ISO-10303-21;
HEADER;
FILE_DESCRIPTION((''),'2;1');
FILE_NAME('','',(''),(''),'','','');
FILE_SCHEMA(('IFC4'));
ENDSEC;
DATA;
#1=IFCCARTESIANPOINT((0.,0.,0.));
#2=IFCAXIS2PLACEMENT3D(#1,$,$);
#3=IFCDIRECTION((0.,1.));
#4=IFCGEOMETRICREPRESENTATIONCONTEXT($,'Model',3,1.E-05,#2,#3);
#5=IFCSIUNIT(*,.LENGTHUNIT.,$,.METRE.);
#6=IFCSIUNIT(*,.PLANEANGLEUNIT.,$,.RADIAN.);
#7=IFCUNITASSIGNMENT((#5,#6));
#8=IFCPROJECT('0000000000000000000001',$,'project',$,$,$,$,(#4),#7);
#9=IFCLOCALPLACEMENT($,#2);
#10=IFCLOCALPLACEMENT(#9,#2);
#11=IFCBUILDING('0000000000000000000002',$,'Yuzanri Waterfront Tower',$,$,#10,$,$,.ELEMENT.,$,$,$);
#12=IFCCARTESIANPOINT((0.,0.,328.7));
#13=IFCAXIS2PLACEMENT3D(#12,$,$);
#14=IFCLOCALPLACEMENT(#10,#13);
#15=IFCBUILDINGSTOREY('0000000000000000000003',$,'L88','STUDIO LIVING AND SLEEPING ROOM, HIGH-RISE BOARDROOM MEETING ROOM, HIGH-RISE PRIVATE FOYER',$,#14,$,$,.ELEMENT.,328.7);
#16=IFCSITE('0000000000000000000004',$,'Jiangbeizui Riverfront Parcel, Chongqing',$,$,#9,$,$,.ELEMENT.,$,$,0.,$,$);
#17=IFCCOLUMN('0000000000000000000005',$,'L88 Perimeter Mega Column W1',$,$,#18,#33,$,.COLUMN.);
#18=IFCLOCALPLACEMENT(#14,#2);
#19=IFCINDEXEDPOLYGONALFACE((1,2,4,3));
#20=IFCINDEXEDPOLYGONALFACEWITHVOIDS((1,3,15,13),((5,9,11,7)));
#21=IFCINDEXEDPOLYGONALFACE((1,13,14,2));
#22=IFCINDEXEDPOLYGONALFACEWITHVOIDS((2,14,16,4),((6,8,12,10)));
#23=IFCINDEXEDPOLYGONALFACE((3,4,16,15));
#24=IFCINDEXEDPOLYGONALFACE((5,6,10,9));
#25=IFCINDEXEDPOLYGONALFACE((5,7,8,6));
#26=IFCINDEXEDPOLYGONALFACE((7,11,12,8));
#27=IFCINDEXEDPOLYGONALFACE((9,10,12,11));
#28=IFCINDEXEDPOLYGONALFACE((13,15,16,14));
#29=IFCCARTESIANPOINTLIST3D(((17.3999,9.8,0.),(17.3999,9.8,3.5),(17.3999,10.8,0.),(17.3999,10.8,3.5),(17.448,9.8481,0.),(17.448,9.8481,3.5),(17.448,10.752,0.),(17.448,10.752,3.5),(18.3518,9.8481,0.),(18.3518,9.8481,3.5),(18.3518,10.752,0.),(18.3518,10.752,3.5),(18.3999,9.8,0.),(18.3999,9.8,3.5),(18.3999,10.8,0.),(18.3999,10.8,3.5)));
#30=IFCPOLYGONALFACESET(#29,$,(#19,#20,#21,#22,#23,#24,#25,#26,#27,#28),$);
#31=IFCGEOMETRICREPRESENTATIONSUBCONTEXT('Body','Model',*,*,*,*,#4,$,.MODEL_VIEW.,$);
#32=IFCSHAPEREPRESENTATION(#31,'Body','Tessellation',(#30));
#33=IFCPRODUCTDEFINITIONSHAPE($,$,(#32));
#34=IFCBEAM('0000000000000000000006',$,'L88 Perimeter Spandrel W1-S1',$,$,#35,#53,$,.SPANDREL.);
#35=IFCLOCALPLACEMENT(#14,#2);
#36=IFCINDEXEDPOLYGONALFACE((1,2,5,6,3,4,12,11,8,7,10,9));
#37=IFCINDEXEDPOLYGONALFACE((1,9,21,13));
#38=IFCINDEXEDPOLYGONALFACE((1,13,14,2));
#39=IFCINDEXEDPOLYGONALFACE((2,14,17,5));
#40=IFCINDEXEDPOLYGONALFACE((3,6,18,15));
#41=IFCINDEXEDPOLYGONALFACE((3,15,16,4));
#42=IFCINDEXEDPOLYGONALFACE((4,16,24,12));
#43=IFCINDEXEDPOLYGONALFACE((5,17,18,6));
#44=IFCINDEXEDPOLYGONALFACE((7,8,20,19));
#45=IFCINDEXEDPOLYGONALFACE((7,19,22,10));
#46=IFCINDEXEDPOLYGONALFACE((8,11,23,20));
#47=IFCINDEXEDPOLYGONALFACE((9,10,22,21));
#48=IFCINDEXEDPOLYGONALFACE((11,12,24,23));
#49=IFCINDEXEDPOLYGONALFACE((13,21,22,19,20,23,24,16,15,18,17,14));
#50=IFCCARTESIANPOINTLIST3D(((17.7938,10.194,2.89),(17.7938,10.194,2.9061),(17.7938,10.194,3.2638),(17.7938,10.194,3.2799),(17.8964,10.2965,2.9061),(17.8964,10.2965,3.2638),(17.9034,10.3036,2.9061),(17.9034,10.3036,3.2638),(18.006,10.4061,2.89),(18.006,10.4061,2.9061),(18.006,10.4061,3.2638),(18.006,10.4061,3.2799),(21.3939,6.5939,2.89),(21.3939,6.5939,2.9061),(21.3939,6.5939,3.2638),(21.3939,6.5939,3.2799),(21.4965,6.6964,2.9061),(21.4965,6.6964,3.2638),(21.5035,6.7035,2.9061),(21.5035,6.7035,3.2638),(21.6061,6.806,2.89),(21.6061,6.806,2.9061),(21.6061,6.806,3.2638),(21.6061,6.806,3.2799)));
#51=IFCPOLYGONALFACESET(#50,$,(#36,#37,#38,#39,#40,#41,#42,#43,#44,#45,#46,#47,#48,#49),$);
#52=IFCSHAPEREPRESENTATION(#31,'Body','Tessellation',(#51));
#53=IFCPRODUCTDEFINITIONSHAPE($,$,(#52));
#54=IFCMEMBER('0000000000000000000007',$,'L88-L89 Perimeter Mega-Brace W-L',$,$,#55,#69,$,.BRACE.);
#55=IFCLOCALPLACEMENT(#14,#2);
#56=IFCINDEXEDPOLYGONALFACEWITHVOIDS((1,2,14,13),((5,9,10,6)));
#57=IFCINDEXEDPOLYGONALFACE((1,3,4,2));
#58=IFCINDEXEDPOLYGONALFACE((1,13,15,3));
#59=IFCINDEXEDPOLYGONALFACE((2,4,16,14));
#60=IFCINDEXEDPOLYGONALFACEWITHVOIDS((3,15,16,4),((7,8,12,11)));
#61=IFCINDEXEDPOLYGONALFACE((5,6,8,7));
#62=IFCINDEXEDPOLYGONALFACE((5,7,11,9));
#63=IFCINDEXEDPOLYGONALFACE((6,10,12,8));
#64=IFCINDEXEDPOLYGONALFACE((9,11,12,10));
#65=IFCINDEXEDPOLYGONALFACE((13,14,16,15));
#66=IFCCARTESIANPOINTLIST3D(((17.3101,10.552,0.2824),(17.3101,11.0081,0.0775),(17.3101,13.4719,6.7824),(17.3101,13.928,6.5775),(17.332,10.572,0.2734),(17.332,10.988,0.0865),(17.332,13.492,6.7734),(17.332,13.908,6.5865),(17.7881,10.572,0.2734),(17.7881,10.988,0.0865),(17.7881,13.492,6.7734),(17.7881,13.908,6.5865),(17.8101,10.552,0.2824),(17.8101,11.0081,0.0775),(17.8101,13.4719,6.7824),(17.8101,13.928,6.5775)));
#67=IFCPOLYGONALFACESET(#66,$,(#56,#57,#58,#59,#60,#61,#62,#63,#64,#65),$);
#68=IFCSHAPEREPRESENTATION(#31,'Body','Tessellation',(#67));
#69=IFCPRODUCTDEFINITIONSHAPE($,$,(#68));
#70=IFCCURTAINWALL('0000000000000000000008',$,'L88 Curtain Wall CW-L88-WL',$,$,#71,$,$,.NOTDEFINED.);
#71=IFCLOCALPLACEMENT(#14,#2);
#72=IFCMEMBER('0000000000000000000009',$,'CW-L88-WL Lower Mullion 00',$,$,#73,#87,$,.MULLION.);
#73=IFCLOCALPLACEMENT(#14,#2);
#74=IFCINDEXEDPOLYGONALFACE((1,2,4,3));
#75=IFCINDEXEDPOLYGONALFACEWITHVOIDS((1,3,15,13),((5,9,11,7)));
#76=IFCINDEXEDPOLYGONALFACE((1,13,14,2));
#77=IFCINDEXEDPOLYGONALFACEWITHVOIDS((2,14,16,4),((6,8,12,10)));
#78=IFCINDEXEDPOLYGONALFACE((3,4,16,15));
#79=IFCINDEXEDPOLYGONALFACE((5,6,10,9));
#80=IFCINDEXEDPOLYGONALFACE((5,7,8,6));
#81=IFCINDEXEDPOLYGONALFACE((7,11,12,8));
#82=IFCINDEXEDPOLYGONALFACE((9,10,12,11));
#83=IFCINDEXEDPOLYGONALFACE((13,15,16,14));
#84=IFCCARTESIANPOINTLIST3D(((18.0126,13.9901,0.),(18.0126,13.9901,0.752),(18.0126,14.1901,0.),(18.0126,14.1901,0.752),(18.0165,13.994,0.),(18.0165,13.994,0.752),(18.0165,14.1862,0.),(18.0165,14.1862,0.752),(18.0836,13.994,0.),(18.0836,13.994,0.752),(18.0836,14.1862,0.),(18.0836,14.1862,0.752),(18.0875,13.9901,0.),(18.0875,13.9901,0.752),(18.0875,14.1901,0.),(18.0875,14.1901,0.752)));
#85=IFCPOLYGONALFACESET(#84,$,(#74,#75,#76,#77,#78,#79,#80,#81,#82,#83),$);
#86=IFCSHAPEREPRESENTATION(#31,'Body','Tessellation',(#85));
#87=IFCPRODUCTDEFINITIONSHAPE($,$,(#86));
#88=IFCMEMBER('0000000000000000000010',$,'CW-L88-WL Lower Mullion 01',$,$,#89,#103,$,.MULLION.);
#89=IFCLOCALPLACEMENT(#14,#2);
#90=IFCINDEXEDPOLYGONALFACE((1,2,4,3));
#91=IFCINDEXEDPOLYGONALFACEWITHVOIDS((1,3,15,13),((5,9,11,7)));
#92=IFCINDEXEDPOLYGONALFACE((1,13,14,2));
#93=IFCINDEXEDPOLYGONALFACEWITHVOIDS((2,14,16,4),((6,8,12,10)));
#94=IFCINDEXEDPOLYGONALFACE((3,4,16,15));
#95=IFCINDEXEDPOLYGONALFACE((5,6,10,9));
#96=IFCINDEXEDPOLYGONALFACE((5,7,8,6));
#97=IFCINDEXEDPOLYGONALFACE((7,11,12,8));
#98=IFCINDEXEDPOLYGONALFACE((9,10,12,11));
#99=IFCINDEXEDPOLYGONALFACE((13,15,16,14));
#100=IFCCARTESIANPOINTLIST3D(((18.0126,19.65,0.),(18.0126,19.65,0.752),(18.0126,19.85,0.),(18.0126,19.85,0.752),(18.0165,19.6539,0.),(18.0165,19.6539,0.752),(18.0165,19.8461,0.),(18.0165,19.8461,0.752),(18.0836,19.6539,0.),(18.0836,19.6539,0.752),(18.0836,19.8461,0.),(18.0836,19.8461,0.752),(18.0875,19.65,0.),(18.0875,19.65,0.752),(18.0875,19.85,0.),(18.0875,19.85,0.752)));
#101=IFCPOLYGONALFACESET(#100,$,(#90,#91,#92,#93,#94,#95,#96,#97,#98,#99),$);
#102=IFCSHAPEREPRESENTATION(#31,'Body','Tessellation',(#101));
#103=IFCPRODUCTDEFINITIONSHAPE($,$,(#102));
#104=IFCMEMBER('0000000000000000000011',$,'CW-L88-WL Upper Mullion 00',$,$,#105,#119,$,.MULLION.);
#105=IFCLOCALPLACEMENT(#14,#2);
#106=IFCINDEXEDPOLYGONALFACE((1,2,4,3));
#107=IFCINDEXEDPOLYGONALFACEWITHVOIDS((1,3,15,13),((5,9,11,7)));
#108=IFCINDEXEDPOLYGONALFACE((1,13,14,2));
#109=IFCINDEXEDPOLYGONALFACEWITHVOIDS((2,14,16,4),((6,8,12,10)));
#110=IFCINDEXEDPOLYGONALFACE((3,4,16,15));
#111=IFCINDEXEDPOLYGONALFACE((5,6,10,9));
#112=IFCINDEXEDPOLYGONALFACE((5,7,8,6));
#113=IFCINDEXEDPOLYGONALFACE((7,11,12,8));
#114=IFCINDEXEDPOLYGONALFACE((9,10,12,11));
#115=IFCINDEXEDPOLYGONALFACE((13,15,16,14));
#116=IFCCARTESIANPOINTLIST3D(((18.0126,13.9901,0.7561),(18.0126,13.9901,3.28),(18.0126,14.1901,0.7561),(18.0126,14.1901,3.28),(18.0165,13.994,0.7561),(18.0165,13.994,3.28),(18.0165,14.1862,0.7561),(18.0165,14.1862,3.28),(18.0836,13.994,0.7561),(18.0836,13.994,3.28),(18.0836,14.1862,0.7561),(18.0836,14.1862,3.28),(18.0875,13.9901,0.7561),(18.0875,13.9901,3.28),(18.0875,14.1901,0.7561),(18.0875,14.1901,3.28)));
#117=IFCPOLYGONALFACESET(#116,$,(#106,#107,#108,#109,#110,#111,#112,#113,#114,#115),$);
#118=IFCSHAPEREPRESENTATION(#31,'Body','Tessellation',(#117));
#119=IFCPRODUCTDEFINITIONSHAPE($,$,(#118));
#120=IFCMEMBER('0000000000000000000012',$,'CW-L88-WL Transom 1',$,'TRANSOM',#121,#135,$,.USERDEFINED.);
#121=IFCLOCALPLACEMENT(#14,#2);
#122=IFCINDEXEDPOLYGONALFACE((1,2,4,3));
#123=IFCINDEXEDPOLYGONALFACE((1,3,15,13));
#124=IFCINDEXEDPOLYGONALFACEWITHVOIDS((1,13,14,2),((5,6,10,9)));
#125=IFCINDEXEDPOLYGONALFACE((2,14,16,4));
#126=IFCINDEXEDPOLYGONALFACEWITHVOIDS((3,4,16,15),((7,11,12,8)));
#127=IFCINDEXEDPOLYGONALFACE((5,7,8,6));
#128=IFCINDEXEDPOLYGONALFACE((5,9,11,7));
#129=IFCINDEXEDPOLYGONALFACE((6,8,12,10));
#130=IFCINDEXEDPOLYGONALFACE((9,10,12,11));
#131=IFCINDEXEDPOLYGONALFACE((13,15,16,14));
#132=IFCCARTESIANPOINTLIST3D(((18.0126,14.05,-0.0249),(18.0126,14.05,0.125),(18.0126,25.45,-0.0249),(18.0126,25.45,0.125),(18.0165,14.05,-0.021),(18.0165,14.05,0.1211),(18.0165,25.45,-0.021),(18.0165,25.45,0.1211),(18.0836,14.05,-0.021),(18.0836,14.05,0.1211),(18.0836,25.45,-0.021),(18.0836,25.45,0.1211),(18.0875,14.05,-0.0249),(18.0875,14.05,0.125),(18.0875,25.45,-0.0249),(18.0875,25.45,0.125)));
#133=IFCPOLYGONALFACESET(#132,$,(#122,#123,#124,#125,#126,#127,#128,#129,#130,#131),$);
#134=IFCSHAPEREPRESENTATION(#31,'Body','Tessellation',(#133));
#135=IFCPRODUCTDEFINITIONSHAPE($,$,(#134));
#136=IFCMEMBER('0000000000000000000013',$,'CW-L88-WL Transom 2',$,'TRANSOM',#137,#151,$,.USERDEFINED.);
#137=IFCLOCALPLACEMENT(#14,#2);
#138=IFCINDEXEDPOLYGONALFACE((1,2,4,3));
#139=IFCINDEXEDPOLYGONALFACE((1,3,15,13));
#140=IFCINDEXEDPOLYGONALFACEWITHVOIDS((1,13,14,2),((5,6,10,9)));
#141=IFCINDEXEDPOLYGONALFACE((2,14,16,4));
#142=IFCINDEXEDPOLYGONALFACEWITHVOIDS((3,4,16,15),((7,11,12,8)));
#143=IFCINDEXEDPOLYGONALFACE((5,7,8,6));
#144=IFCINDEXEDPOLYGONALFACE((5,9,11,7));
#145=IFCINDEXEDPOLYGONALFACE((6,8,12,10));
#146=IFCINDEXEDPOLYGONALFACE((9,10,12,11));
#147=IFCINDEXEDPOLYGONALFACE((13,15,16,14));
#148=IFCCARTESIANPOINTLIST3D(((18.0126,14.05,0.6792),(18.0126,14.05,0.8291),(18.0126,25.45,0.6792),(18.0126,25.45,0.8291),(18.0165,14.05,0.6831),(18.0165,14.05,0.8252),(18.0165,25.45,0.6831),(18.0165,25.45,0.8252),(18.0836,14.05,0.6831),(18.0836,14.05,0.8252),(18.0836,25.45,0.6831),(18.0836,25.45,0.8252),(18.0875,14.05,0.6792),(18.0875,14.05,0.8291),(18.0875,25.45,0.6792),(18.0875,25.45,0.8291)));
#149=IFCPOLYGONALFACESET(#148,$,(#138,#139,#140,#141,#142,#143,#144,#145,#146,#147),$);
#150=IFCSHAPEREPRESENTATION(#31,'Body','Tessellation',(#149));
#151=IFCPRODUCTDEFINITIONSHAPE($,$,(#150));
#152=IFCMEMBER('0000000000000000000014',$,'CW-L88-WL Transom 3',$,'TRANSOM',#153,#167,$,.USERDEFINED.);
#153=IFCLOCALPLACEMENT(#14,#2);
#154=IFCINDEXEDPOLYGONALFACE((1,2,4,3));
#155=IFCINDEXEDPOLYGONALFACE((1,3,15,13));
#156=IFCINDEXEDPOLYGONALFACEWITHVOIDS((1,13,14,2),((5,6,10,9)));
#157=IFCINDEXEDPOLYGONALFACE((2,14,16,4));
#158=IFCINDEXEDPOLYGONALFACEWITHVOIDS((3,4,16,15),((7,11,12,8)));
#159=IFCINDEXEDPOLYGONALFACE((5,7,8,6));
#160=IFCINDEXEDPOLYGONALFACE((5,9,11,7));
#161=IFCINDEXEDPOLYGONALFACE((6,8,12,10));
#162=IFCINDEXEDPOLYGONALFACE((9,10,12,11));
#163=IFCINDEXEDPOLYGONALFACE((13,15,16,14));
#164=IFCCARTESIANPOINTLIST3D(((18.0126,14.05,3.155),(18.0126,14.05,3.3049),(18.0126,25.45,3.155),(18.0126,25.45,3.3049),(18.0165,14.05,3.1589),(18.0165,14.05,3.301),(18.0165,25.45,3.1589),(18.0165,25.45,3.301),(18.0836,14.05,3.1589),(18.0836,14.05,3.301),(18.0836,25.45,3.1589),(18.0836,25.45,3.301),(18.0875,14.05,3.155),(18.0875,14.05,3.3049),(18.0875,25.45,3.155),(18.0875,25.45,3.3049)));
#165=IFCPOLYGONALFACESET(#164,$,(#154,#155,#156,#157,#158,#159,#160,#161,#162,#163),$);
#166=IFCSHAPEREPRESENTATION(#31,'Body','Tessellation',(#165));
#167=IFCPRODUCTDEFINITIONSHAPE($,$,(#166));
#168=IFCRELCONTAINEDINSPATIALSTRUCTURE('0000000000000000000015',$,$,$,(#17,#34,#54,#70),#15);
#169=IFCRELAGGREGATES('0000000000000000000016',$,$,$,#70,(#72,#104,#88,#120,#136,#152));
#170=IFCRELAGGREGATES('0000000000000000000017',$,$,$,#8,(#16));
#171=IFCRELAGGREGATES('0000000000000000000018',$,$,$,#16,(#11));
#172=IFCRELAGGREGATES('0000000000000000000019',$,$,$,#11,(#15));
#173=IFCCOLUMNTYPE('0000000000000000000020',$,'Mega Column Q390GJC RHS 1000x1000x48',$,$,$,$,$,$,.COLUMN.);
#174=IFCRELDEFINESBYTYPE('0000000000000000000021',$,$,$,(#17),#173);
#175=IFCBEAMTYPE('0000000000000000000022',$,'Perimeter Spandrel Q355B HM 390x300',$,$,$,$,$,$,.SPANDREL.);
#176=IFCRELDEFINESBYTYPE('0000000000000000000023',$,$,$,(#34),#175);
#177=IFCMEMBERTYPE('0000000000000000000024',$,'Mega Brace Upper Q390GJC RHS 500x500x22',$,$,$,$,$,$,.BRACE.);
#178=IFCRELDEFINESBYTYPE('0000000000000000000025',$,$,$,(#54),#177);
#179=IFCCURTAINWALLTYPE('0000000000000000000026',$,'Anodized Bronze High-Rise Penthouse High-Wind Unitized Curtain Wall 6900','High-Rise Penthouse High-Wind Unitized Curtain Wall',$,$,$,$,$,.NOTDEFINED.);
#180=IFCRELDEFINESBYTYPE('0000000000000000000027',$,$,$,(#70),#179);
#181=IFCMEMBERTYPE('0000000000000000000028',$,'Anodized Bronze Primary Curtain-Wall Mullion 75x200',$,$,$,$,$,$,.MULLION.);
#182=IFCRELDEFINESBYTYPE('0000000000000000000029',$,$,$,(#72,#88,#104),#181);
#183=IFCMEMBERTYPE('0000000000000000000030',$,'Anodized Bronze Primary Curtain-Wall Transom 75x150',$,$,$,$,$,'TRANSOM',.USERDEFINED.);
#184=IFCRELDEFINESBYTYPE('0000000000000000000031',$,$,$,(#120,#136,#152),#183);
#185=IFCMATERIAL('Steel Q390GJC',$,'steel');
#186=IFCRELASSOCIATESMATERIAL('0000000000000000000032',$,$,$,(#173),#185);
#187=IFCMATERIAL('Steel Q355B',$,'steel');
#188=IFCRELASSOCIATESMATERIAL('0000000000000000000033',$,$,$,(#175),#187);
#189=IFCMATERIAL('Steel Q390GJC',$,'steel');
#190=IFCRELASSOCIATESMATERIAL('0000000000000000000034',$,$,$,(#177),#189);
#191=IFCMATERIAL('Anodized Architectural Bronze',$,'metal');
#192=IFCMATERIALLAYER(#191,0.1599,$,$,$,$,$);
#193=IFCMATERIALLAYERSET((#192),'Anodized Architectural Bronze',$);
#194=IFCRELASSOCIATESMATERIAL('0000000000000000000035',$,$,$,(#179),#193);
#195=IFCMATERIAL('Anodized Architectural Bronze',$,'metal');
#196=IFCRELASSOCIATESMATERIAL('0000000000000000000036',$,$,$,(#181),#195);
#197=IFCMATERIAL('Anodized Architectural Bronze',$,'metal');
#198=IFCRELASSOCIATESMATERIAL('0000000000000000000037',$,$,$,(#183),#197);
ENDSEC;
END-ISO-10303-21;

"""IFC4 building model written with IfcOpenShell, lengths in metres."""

from ifc_helpers import new_model, si_unit, direction, frame, origin, origin_2d, place, context, subcontext, project, spatial, hollow_rectangle, i_section, extrude, source, transform, mapped, material, layer, layer_set, material_profile, profile_set, type_object, element, aggregate, save


model = new_model("IFC4")

# Units and contexts
model_context = context("Model", 3, precision=1e-05, world=origin(), true_north=direction((0.0, 1.0)))
body_context = subcontext(model_context, "Body", "Model", "MODEL_VIEW")
ifc_project = project(units=[si_unit("LENGTHUNIT", "METRE"), si_unit("PLANEANGLEUNIT", "RADIAN")], contexts=[model_context])

# Site, building, storey
site_placement = place(None, origin())
site = spatial("IfcSite", under=ifc_project, at=site_placement, Name="Jiangbeizui Riverfront Parcel, Chongqing", CompositionType="ELEMENT", RefElevation=0.0)
building_placement = place(site_placement, origin())
building = spatial("IfcBuilding", under=site, at=building_placement, Name="Yuzanri Waterfront Tower", CompositionType="ELEMENT")
storey_placement = place(building_placement, frame((0.0, 0.0, 328.7)))
storey = spatial("IfcBuildingStorey", under=building, at=storey_placement, Name="L88", Description="STUDIO LIVING AND SLEEPING ROOM, HIGH-RISE BOARDROOM MEETING ROOM, HIGH-RISE PRIVATE FOYER", CompositionType="ELEMENT", Elevation=328.7)

# Column
ifc_material_1 = material(Name="Steel Q390GJC", Category="steel")
ifc_material_profile_1 = material_profile(ifc_material_1, hollow_rectangle(XDim=1.0, YDim=1.0, WallThickness=0.0481, at=origin_2d()), Name="RHS 1000x1000x48")
ifc_profile_set_1 = profile_set([ifc_material_profile_1], Name="Steel Q390GJC")
column_type = type_object("IfcColumnType", Name="Mega Column Q390GJC RHS 1000x1000x48", PredefinedType="COLUMN", material=ifc_profile_set_1)
shared_shape_1 = source(origin(), body_context, "Body", "SweptSolid", [
    extrude(hollow_rectangle(XDim=1.0, YDim=1.0, WallThickness=0.0481, at=origin_2d()), origin(), (0.0, 0.0, 1.0), 3.5),
])
column_placement = place(storey_placement, frame((17.8999, 10.3, 0.0), z_axis=(0.0, 0.0, 1.0), x_axis=(1.0, 0.0, 0.0)))
element("IfcColumn", 1, at=column_placement, inside=storey, type_object=column_type, Name="L88 Perimeter Mega Column W1", PredefinedType="COLUMN", context=body_context, shape_type="MappedRepresentation", body=[
    mapped(shared_shape_1, transform((0.0, 0.0, 0.0), scale=1.0)),
])

# Beam
ifc_material_2 = material(Name="Steel Q355B", Category="steel")
ifc_material_profile_2 = material_profile(ifc_material_2, i_section(OverallWidth=0.3, OverallDepth=0.3899, WebThickness=0.01, FlangeThickness=0.0161, at=origin_2d()), Name="HM 390x300x10x16")
ifc_profile_set_2 = profile_set([ifc_material_profile_2], Name="Steel Q355B")
beam_type = type_object("IfcBeamType", Name="Perimeter Spandrel Q355B HM 390x300", PredefinedType="SPANDREL", material=ifc_profile_set_2)
shared_shape_2 = source(origin(), body_context, "Body", "SweptSolid", [
    extrude(i_section(OverallWidth=0.3, OverallDepth=0.3899, WebThickness=0.01, FlangeThickness=0.0161, at=origin_2d()), origin(), (0.0, 0.0, 1.0), 5.0913),
])
beam_placement = place(storey_placement, frame((17.8999, 10.3, 3.085), z_axis=(0.707107, -0.707107, 0.0), x_axis=(0.707107, 0.707107, 0.0)))
element("IfcBeam", 2, at=beam_placement, inside=storey, type_object=beam_type, Name="L88 Perimeter Spandrel W1-S1", PredefinedType="SPANDREL", context=body_context, shape_type="MappedRepresentation", body=[
    mapped(shared_shape_2, transform((0.0, 0.0, 0.0), scale=1.0)),
])

# Member
ifc_material_3 = material(Name="Steel Q390GJC", Category="steel")
ifc_material_profile_3 = material_profile(ifc_material_3, hollow_rectangle(XDim=0.5, YDim=0.5, WallThickness=0.022, at=origin_2d()), Name="RHS 500x500x22")
ifc_profile_set_3 = profile_set([ifc_material_profile_3], Name="Steel Q390GJC")
member_type_1 = type_object("IfcMemberType", Name="Mega Brace Upper Q390GJC RHS 500x500x22", PredefinedType="BRACE", material=ifc_profile_set_3)
shared_shape_3 = source(origin(), body_context, "Body", "SweptSolid", [
    extrude(hollow_rectangle(XDim=0.5, YDim=0.5, WallThickness=0.022, at=origin_2d()), origin(), (0.0, 0.0, 1.0), 7.1257),
])
member_1_placement = place(storey_placement, frame((17.5601, 10.78, 0.1799), z_axis=(0.0, 0.409772, 0.912188), x_axis=(-1.0, 0.0, 0.0)))
element("IfcMember", 3, at=member_1_placement, inside=storey, type_object=member_type_1, Name="L88-L89 Perimeter Mega-Brace W-L", PredefinedType="BRACE", context=body_context, shape_type="MappedRepresentation", body=[
    mapped(shared_shape_3, transform((0.0, 0.0, 0.0), scale=1.0)),
])

# Curtain wall, members
ifc_material_4 = material(Name="Anodized Architectural Bronze", Category="metal")
ifc_layer_1 = layer(ifc_material_4, 0.1599)
ifc_layer_set_1 = layer_set([ifc_layer_1], Name="Anodized Architectural Bronze")
curtain_wall_type = type_object("IfcCurtainWallType", Name="Anodized Bronze High-Rise Penthouse High-Wind Unitized Curtain Wall 6900", Description="High-Rise Penthouse High-Wind Unitized Curtain Wall", PredefinedType="NOTDEFINED", material=ifc_layer_set_1)
curtain_wall_placement = place(storey_placement, origin())
curtain_wall = element("IfcCurtainWall", 4, at=curtain_wall_placement, inside=storey, type_object=curtain_wall_type, Name="L88 Curtain Wall CW-L88-WL", PredefinedType="NOTDEFINED")
ifc_material_5 = material(Name="Anodized Architectural Bronze", Category="metal")
ifc_material_profile_4 = material_profile(ifc_material_5, hollow_rectangle(XDim=0.075, YDim=0.2, WallThickness=0.0039, at=origin_2d()), Name="CWM 75x200")
ifc_profile_set_4 = profile_set([ifc_material_profile_4], Name="Anodized Architectural Bronze")
member_type_2 = type_object("IfcMemberType", Name="Anodized Bronze Primary Curtain-Wall Mullion 75x200", PredefinedType="MULLION", material=ifc_profile_set_4)
shared_shape_4 = source(origin(), body_context, "Body", "SweptSolid", [
    extrude(hollow_rectangle(XDim=0.075, YDim=0.2, WallThickness=0.0039, at=origin_2d()), origin(), (0.0, 0.0, 1.0), 0.752),
])
member_2_placement = place(storey_placement, frame((18.05, 14.0901, 0.0), z_axis=(0.0, 0.0, 1.0), x_axis=(1.0, 0.0, 0.0)))
member_2 = element("IfcMember", 5, at=member_2_placement, type_object=member_type_2, Name="CW-L88-WL Lower Mullion 00", PredefinedType="MULLION", context=body_context, shape_type="MappedRepresentation", body=[
    mapped(shared_shape_4, transform((0.0, 0.0, 0.0), scale=1.0)),
])
member_3_placement = place(storey_placement, frame((18.05, 19.75, 0.0), z_axis=(0.0, 0.0, 1.0), x_axis=(1.0, 0.0, 0.0)))
member_3 = element("IfcMember", 6, at=member_3_placement, type_object=member_type_2, Name="CW-L88-WL Lower Mullion 01", PredefinedType="MULLION", context=body_context, shape_type="MappedRepresentation", body=[
    mapped(shared_shape_4, transform((0.0, 0.0, 0.0), scale=1.0)),
])
shared_shape_5 = source(origin(), body_context, "Body", "SweptSolid", [
    extrude(hollow_rectangle(XDim=0.075, YDim=0.2, WallThickness=0.0039, at=origin_2d()), origin(), (0.0, 0.0, 1.0), 2.5239),
])
member_4_placement = place(storey_placement, frame((18.05, 14.0901, 0.7561), z_axis=(0.0, 0.0, 1.0), x_axis=(1.0, 0.0, 0.0)))
member_4 = element("IfcMember", 7, at=member_4_placement, type_object=member_type_2, Name="CW-L88-WL Upper Mullion 00", PredefinedType="MULLION", context=body_context, shape_type="MappedRepresentation", body=[
    mapped(shared_shape_5, transform((0.0, 0.0, 0.0), scale=1.0)),
])
ifc_material_6 = material(Name="Anodized Architectural Bronze", Category="metal")
ifc_material_profile_5 = material_profile(ifc_material_6, hollow_rectangle(XDim=0.075, YDim=0.1499, WallThickness=0.0039, at=origin_2d()), Name="CWT 75x150")
ifc_profile_set_5 = profile_set([ifc_material_profile_5], Name="Anodized Architectural Bronze")
member_type_3 = type_object("IfcMemberType", Name="Anodized Bronze Primary Curtain-Wall Transom 75x150", ElementType="TRANSOM", PredefinedType="USERDEFINED", material=ifc_profile_set_5)
shared_shape_6 = source(origin(), body_context, "Body", "SweptSolid", [
    extrude(hollow_rectangle(XDim=0.075, YDim=0.1499, WallThickness=0.0039, at=origin_2d()), origin(), (0.0, 0.0, 1.0), 11.3999),
])
member_5_placement = place(storey_placement, frame((18.05, 14.05, 0.05), z_axis=(0.0, 1.0, 0.0), x_axis=(-1.0, 0.0, 0.0)))
member_5 = element("IfcMember", 8, at=member_5_placement, type_object=member_type_3, Name="CW-L88-WL Transom 1", ObjectType="TRANSOM", PredefinedType="USERDEFINED", context=body_context, shape_type="MappedRepresentation", body=[
    mapped(shared_shape_6, transform((0.0, 0.0, 0.0), scale=1.0)),
])
member_6_placement = place(storey_placement, frame((18.05, 14.05, 0.7542), z_axis=(0.0, 1.0, 0.0), x_axis=(-1.0, 0.0, 0.0)))
member_6 = element("IfcMember", 9, at=member_6_placement, type_object=member_type_3, Name="CW-L88-WL Transom 2", ObjectType="TRANSOM", PredefinedType="USERDEFINED", context=body_context, shape_type="MappedRepresentation", body=[
    mapped(shared_shape_6, transform((0.0, 0.0, 0.0), scale=1.0)),
])
member_7_placement = place(storey_placement, frame((18.05, 14.05, 3.23), z_axis=(0.0, 1.0, 0.0), x_axis=(-1.0, 0.0, 0.0)))
member_7 = element("IfcMember", 10, at=member_7_placement, type_object=member_type_3, Name="CW-L88-WL Transom 3", ObjectType="TRANSOM", PredefinedType="USERDEFINED", context=body_context, shape_type="MappedRepresentation", body=[
    mapped(shared_shape_6, transform((0.0, 0.0, 0.0), scale=1.0)),
])

aggregate(curtain_wall, [member_2, member_4, member_3, member_5, member_6, member_7])

save(model, "model.ifc")
